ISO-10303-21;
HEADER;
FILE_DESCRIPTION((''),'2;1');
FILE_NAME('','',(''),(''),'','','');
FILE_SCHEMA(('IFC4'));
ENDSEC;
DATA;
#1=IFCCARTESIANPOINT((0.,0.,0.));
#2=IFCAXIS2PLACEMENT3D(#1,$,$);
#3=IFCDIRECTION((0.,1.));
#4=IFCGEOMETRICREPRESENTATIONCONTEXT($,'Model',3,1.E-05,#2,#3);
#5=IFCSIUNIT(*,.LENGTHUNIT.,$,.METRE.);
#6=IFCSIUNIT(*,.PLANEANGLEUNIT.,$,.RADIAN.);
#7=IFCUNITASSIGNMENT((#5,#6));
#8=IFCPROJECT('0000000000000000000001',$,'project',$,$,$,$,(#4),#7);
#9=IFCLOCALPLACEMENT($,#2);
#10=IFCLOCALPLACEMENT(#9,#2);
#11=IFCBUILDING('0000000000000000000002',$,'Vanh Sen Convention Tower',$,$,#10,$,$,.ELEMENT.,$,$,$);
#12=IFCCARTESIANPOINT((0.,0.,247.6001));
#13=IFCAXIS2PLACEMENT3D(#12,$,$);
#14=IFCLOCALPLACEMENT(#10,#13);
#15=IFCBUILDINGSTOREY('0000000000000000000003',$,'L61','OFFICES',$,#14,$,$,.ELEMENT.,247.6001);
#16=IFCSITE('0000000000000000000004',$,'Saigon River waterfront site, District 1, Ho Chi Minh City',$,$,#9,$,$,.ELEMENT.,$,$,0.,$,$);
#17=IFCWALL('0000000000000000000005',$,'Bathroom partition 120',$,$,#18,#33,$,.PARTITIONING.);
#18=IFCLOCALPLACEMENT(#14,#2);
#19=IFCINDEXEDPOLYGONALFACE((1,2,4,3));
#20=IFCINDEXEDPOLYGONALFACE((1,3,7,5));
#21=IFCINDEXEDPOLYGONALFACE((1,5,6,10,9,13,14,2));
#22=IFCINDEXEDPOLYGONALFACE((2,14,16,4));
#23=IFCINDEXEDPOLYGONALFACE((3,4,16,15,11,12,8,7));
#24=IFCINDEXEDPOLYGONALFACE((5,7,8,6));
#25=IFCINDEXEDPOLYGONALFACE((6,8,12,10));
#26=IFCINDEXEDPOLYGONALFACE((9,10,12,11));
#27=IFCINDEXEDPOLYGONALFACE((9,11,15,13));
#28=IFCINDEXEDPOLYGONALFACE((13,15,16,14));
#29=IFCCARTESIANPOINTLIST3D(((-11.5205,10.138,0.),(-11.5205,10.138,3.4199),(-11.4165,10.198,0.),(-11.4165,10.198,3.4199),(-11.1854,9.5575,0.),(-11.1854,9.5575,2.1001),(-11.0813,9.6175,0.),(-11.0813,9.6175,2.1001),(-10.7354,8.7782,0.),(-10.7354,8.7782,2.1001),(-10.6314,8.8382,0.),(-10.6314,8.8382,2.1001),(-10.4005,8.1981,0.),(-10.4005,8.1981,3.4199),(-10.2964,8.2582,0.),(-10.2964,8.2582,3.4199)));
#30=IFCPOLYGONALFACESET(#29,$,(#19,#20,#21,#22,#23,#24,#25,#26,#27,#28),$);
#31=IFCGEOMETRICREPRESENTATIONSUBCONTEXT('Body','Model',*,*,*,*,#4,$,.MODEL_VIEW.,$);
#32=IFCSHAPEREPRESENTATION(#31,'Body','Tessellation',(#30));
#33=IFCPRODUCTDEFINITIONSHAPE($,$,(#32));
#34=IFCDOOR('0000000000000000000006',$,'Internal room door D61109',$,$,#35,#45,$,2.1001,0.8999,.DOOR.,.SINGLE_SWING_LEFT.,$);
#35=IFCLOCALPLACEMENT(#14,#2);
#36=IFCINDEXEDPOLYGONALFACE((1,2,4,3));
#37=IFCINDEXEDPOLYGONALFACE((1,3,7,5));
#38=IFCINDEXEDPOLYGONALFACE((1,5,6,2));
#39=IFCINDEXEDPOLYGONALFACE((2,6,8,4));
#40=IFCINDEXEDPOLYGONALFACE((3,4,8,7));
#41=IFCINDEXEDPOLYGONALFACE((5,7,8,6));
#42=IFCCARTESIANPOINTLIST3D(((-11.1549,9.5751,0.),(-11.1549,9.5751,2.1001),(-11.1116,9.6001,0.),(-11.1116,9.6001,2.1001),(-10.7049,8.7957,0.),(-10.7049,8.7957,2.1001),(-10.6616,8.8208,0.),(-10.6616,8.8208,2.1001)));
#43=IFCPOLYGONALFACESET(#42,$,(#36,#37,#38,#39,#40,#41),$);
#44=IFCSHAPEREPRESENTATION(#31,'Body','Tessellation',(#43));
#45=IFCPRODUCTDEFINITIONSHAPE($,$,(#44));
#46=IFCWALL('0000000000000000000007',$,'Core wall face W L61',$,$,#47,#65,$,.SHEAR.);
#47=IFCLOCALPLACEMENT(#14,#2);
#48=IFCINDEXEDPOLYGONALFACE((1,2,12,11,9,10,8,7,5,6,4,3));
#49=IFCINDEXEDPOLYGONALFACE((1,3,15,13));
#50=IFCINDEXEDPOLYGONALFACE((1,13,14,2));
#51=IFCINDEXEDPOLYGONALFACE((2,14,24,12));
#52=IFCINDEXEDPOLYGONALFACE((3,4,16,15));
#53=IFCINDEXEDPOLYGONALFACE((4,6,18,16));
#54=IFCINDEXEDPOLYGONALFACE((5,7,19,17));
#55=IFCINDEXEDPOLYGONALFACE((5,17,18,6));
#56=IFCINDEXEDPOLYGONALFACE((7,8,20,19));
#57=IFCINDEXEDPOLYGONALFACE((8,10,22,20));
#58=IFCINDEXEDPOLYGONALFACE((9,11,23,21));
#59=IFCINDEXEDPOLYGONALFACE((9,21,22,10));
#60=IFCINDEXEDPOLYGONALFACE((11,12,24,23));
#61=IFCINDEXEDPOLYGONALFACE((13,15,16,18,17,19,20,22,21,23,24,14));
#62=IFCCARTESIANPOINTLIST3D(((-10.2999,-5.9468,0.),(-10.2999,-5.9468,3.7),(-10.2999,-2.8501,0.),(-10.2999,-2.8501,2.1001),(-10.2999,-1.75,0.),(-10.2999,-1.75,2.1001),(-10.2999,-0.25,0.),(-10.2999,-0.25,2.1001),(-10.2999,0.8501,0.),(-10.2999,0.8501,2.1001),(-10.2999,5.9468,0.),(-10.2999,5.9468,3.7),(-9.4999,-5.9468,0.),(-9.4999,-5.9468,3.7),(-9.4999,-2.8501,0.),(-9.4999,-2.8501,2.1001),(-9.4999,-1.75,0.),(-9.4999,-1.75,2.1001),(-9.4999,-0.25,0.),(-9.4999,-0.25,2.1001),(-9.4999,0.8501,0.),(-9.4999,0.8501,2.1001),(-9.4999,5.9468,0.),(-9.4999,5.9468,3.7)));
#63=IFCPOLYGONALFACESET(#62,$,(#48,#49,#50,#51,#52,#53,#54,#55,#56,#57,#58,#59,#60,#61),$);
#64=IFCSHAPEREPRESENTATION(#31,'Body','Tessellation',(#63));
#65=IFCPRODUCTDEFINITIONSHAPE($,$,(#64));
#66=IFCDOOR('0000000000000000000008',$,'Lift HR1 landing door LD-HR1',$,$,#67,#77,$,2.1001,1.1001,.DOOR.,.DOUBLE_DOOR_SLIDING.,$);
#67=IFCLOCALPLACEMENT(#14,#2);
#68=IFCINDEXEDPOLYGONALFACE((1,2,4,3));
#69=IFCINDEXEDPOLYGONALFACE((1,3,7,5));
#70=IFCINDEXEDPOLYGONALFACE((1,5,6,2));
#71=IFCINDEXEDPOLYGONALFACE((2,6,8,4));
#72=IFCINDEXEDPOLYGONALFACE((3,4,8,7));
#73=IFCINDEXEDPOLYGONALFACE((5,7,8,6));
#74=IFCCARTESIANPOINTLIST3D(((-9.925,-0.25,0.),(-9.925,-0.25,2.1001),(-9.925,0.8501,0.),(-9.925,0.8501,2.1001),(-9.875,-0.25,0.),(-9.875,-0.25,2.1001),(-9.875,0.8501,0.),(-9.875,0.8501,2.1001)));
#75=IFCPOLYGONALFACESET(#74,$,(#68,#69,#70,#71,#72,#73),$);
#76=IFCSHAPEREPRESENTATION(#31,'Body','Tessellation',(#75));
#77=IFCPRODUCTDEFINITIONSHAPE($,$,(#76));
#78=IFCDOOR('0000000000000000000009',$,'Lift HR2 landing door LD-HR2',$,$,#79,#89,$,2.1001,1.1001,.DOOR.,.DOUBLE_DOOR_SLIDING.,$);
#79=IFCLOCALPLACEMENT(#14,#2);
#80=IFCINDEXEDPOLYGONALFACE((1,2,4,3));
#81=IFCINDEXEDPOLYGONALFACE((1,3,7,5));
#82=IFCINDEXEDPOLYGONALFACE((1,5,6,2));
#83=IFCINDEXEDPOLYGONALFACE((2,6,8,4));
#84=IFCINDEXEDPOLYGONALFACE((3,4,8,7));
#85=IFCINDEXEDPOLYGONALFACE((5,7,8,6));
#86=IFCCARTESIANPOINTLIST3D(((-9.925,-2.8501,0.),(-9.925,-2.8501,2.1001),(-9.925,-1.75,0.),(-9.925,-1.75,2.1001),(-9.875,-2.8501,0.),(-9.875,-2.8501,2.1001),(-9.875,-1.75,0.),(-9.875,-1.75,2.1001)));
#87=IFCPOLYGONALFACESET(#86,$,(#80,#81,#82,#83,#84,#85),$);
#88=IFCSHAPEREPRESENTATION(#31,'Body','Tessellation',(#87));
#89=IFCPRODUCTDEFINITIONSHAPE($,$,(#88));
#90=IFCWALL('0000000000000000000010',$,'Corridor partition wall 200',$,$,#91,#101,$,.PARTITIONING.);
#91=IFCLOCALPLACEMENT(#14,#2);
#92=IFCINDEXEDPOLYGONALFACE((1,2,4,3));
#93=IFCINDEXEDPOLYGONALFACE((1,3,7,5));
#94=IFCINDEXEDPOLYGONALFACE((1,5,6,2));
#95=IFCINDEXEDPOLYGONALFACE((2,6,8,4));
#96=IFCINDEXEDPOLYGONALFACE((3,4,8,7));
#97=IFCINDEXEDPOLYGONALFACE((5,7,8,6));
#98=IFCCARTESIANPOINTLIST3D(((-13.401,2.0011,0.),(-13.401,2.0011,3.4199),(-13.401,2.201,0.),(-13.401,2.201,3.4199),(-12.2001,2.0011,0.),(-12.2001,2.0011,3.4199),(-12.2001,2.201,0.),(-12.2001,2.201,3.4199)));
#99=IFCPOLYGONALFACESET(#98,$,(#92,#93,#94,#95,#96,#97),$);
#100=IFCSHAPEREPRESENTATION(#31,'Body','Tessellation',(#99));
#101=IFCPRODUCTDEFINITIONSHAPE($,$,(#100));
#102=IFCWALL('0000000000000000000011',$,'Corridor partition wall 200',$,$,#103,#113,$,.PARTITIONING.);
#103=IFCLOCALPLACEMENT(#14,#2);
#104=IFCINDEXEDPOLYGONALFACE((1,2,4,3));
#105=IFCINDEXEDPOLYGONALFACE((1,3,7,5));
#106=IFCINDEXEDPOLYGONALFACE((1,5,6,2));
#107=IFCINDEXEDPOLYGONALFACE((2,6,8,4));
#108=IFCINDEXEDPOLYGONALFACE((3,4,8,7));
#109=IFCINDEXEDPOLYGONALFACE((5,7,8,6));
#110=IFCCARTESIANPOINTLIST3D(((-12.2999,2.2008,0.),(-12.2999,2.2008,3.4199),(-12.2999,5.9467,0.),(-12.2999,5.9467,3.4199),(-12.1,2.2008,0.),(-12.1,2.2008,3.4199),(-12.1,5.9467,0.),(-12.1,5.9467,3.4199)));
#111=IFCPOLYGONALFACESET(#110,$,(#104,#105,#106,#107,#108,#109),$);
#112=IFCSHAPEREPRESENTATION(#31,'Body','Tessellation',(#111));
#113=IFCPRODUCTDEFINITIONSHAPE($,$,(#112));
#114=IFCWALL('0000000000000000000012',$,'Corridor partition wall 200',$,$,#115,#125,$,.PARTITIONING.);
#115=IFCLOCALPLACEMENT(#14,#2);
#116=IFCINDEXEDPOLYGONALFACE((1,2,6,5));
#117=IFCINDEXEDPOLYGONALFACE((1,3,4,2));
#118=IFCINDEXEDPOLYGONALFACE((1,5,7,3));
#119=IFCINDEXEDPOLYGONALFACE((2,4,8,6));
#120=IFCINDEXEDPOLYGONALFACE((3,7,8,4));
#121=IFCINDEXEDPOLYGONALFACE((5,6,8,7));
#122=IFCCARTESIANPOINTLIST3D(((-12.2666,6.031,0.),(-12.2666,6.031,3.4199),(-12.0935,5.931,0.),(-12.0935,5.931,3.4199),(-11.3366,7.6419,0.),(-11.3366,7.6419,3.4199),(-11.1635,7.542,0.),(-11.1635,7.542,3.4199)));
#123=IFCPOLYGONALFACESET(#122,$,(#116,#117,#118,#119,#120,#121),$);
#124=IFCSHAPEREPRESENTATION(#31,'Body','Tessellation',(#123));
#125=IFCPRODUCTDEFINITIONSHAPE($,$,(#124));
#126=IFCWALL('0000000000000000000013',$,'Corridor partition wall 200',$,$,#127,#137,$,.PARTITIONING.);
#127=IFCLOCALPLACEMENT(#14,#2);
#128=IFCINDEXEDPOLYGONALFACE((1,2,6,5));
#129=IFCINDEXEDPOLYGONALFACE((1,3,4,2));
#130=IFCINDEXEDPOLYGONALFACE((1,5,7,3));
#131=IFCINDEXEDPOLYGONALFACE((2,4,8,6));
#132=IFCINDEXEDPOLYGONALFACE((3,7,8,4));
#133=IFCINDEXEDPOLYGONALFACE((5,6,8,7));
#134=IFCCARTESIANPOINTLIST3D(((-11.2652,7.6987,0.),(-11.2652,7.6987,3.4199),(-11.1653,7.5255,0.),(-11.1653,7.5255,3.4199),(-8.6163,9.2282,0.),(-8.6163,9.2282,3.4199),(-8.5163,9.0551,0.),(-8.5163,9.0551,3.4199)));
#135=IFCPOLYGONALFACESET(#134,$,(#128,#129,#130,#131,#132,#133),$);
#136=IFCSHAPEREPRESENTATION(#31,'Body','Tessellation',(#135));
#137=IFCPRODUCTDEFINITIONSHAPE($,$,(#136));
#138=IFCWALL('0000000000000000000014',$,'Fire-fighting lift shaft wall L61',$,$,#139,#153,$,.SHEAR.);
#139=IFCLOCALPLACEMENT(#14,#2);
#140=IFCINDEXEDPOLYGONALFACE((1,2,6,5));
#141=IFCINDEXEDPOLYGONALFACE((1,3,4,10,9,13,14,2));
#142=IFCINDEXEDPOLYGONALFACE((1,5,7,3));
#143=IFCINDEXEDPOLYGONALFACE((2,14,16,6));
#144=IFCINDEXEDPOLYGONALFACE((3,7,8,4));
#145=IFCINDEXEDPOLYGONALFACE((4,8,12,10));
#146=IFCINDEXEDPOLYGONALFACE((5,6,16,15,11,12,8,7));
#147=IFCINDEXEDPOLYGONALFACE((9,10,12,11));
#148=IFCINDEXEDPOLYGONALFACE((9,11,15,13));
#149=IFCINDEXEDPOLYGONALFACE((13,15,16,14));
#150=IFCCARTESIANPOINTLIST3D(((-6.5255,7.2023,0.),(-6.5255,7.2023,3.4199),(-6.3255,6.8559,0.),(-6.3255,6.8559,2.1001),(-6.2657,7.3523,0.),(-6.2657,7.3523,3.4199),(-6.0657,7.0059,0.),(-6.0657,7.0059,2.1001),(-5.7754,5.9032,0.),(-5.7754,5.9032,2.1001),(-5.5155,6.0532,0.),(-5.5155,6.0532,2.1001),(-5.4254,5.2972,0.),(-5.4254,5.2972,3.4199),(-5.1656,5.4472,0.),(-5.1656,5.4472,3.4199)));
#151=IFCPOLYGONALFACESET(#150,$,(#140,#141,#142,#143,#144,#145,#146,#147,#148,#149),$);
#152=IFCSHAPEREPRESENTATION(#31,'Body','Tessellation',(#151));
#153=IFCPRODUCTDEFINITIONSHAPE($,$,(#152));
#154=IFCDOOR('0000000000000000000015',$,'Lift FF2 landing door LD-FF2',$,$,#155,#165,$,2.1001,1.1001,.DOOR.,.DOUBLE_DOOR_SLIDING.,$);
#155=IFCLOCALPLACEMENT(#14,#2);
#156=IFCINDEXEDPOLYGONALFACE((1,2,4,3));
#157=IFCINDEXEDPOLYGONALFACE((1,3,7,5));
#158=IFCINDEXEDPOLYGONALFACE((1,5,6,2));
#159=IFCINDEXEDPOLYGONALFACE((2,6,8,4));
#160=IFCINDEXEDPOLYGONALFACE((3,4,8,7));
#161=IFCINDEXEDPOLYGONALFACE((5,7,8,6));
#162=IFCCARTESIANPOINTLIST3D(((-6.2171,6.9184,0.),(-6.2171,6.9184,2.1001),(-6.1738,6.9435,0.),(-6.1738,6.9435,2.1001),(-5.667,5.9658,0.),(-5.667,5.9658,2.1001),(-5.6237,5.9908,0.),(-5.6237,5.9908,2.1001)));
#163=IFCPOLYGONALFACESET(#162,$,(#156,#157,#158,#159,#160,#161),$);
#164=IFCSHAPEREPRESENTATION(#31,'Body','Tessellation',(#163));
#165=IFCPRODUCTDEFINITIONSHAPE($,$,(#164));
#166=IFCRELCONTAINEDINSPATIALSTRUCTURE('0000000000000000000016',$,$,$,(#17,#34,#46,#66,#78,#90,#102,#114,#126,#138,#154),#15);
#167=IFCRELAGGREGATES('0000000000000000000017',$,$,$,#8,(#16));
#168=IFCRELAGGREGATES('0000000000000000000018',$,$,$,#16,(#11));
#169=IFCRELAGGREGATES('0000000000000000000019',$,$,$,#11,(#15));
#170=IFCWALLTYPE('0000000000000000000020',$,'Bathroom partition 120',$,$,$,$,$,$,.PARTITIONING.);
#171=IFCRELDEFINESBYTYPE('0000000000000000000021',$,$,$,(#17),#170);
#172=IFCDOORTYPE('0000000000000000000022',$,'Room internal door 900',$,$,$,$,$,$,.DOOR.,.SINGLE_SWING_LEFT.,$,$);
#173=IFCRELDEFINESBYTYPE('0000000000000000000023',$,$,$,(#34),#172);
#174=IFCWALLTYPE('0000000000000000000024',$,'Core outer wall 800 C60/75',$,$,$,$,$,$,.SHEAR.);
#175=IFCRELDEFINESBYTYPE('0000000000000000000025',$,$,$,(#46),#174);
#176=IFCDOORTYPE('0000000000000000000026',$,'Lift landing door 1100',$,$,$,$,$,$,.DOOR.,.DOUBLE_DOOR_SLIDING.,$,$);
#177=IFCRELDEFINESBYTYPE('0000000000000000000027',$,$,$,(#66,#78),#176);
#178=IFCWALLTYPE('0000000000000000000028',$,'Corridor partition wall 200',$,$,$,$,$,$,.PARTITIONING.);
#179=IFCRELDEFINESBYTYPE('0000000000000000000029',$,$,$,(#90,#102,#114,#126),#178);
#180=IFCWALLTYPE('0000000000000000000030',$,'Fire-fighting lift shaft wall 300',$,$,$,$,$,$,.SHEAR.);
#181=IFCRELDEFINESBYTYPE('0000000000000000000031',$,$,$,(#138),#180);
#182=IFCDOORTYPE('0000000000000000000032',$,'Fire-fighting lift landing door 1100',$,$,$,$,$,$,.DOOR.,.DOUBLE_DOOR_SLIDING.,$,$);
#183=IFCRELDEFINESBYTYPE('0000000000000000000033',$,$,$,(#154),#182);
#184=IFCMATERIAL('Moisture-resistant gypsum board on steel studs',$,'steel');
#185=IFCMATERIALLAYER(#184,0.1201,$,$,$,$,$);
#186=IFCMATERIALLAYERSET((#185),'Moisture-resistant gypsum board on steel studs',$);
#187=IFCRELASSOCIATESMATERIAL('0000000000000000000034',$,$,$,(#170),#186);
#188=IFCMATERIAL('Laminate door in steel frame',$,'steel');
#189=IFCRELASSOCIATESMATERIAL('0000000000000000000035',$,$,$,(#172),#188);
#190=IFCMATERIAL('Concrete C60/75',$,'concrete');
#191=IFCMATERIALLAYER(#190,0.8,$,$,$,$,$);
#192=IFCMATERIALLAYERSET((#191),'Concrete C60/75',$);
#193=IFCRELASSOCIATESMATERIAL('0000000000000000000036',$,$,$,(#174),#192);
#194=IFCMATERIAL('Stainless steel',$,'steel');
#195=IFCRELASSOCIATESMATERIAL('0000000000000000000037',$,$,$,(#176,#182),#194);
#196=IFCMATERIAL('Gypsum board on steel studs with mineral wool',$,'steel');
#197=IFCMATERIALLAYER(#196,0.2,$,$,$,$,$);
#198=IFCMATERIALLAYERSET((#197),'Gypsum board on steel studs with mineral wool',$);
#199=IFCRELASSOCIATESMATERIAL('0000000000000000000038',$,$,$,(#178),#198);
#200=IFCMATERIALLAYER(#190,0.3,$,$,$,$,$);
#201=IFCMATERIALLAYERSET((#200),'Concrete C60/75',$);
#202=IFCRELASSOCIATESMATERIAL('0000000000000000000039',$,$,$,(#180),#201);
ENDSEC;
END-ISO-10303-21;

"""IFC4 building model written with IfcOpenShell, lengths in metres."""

from ifc_helpers import new_model, si_unit, direction, frame, frame_2d, origin, place, context, subcontext, project, spatial, rectangle, extrude, material, layer, layer_set, type_object, element, fill, save


model = new_model("IFC4")

# Units and contexts
model_context = context("Model", 3, precision=1e-05, world=origin(), true_north=direction((0.0, 1.0)))
body_context = subcontext(model_context, "Body", "Model", "MODEL_VIEW")
ifc_project = project(units=[si_unit("LENGTHUNIT", "METRE"), si_unit("PLANEANGLEUNIT", "RADIAN")], contexts=[model_context])

# Site, building, storey
site_placement = place(None, origin())
site = spatial("IfcSite", under=ifc_project, at=site_placement, Name="Saigon River waterfront site, District 1, Ho Chi Minh City", CompositionType="ELEMENT", RefElevation=0.0)
building_placement = place(site_placement, origin())
building = spatial("IfcBuilding", under=site, at=building_placement, Name="Vanh Sen Convention Tower", CompositionType="ELEMENT")
storey_placement = place(building_placement, frame((0.0, 0.0, 247.6001)))
storey = spatial("IfcBuildingStorey", under=building, at=storey_placement, Name="L61", Description="OFFICES", CompositionType="ELEMENT", Elevation=247.6001)

# Wall, opening, door
ifc_material_1 = material(Name="Moisture-resistant gypsum board on steel studs", Category="steel")
ifc_layer_1 = layer(ifc_material_1, 0.1201)
ifc_layer_set_1 = layer_set([ifc_layer_1], Name="Moisture-resistant gypsum board on steel studs")
wall_type_1 = type_object("IfcWallType", Name="Bathroom partition 120", PredefinedType="PARTITIONING", material=ifc_layer_set_1)
wall_1_placement = place(storey_placement, frame((-10.3484, 8.228, 0.0), z_axis=(0.0, 0.0, 1.0), x_axis=(-0.500031, 0.866008, 0.0)))
wall_1 = element("IfcWall", 1, at=wall_1_placement, inside=storey, type_object=wall_type_1, Name="Bathroom partition 120", PredefinedType="PARTITIONING", context=body_context, shape_type="SweptSolid", body=[
    extrude(rectangle(XDim=2.24, YDim=0.1201, at=frame_2d((1.1201, 0.0))), origin(), (0.0, 0.0, 1.0), 3.4199),
])
opening_1_placement = place(wall_1_placement, frame((0.6699, 0.0, 0.0)))
opening_1 = element("IfcOpeningElement", 2, at=opening_1_placement, cuts=wall_1, PredefinedType="OPENING", context=body_context, shape_type="SweptSolid", body=[
    extrude(rectangle(XDim=0.8999, YDim=2.1001, at=frame_2d((0.45, 1.05))), frame((0.0, 0.0701, 0.0), z_axis=(0.0, -1.0, 0.0), x_axis=(1.0, 0.0, 0.0)), (0.0, 0.0, 1.0), 0.1401),
])
ifc_material_2 = material(Name="Laminate door in steel frame", Category="steel")
door_type_1 = type_object("IfcDoorType", Name="Room internal door 900", OperationType="SINGLE_SWING_LEFT", PredefinedType="DOOR", material=ifc_material_2)
door_1_placement = place(opening_1_placement, origin())
door_1 = element("IfcDoor", 3, at=door_1_placement, inside=storey, type_object=door_type_1, Name="Internal room door D61109", OperationType="SINGLE_SWING_LEFT", OverallHeight=2.1001, OverallWidth=0.8999, PredefinedType="DOOR", context=body_context, shape_type="SweptSolid", body=[
    extrude(rectangle(XDim=0.8999, YDim=2.1001, at=frame_2d((0.45, 1.05))), frame((0.0, 0.0249, 0.0), z_axis=(0.0, -1.0, 0.0), x_axis=(1.0, 0.0, 0.0)), (0.0, 0.0, 1.0), 0.05),
])
fill(opening_1, door_1)

# Wall, openings, doors
ifc_material_3 = material(Name="Concrete C60/75", Category="concrete")
ifc_layer_2 = layer(ifc_material_3, 0.8)
ifc_layer_set_2 = layer_set([ifc_layer_2], Name="Concrete C60/75")
wall_type_2 = type_object("IfcWallType", Name="Core outer wall 800 C60/75", PredefinedType="SHEAR", material=ifc_layer_set_2)
wall_2_placement = place(storey_placement, frame((-9.8999, 5.9468, 0.0), z_axis=(0.0, 0.0, 1.0), x_axis=(0.0, -1.0, 0.0)))
wall_2 = element("IfcWall", 4, at=wall_2_placement, inside=storey, type_object=wall_type_2, Name="Core wall face W L61", PredefinedType="SHEAR", context=body_context, shape_type="SweptSolid", body=[
    extrude(rectangle(XDim=11.8936, YDim=0.8, at=frame_2d((5.9468, 0.0))), origin(), (0.0, 0.0, 1.0), 3.7),
])
opening_2_placement = place(wall_2_placement, frame((5.0967, 0.0, 0.0)))
opening_2 = element("IfcOpeningElement", 5, at=opening_2_placement, cuts=wall_2, PredefinedType="OPENING", context=body_context, shape_type="SweptSolid", body=[
    extrude(rectangle(XDim=1.1001, YDim=2.1001, at=frame_2d((0.55, 1.05))), frame((0.0, 0.4099, 0.0), z_axis=(0.0, -1.0, 0.0), x_axis=(1.0, 0.0, 0.0)), (0.0, 0.0, 1.0), 0.8201),
])
opening_3_placement = place(wall_2_placement, frame((7.6968, 0.0, 0.0)))
opening_3 = element("IfcOpeningElement", 6, at=opening_3_placement, cuts=wall_2, PredefinedType="OPENING", context=body_context, shape_type="SweptSolid", body=[
    extrude(rectangle(XDim=1.1001, YDim=2.1001, at=frame_2d((0.55, 1.05))), frame((0.0, 0.4099, 0.0), z_axis=(0.0, -1.0, 0.0), x_axis=(1.0, 0.0, 0.0)), (0.0, 0.0, 1.0), 0.8201),
])
ifc_material_4 = material(Name="Stainless steel", Category="steel")
door_type_2 = type_object("IfcDoorType", Name="Lift landing door 1100", OperationType="DOUBLE_DOOR_SLIDING", PredefinedType="DOOR", material=ifc_material_4)
door_2_placement = place(opening_2_placement, origin())
door_2 = element("IfcDoor", 7, at=door_2_placement, inside=storey, type_object=door_type_2, Name="Lift HR1 landing door LD-HR1", OperationType="DOUBLE_DOOR_SLIDING", OverallHeight=2.1001, OverallWidth=1.1001, PredefinedType="DOOR", context=body_context, shape_type="SweptSolid", body=[
    extrude(rectangle(XDim=1.1001, YDim=2.1001, at=frame_2d((0.55, 1.05))), frame((0.0, 0.0249, 0.0), z_axis=(0.0, -1.0, 0.0), x_axis=(1.0, 0.0, 0.0)), (0.0, 0.0, 1.0), 0.05),
])
fill(opening_2, door_2)
door_3_placement = place(opening_3_placement, origin())
door_3 = element("IfcDoor", 8, at=door_3_placement, inside=storey, type_object=door_type_2, Name="Lift HR2 landing door LD-HR2", OperationType="DOUBLE_DOOR_SLIDING", OverallHeight=2.1001, OverallWidth=1.1001, PredefinedType="DOOR", context=body_context, shape_type="SweptSolid", body=[
    extrude(rectangle(XDim=1.1001, YDim=2.1001, at=frame_2d((0.55, 1.05))), frame((0.0, 0.0249, 0.0), z_axis=(0.0, -1.0, 0.0), x_axis=(1.0, 0.0, 0.0)), (0.0, 0.0, 1.0), 0.05),
])
fill(opening_3, door_3)

# Walls
ifc_material_5 = material(Name="Gypsum board on steel studs with mineral wool", Category="steel")
ifc_layer_3 = layer(ifc_material_5, 0.2)
ifc_layer_set_3 = layer_set([ifc_layer_3], Name="Gypsum board on steel studs with mineral wool")
wall_type_3 = type_object("IfcWallType", Name="Corridor partition wall 200", PredefinedType="PARTITIONING", material=ifc_layer_set_3)
wall_3_placement = place(storey_placement, frame((-12.2, 2.1011, 0.0), z_axis=(0.0, 0.0, 1.0), x_axis=(-1.0, 0.0, 0.0)))
element("IfcWall", 9, at=wall_3_placement, inside=storey, type_object=wall_type_3, Name="Corridor partition wall 200", PredefinedType="PARTITIONING", context=body_context, shape_type="SweptSolid", body=[
    extrude(rectangle(XDim=1.2009, YDim=0.2, at=frame_2d((0.6006, 0.0))), origin(), (0.0, 0.0, 1.0), 3.4199),
])
wall_4_placement = place(storey_placement, frame((-12.2, 5.9468, 0.0), z_axis=(0.0, 0.0, 1.0), x_axis=(0.0, -1.0, 0.0)))
element("IfcWall", 10, at=wall_4_placement, inside=storey, type_object=wall_type_3, Name="Corridor partition wall 200", PredefinedType="PARTITIONING", context=body_context, shape_type="SweptSolid", body=[
    extrude(rectangle(XDim=3.7458, YDim=0.2, at=frame_2d((1.873, 0.0))), origin(), (0.0, 0.0, 1.0), 3.4199),
])
wall_5_placement = place(storey_placement, frame((-11.25, 7.592, 0.0), z_axis=(0.0, 0.0, 1.0), x_axis=(-0.499965, -0.866046, 0.0)))
element("IfcWall", 11, at=wall_5_placement, inside=storey, type_object=wall_type_3, Name="Corridor partition wall 200", PredefinedType="PARTITIONING", context=body_context, shape_type="SweptSolid", body=[
    extrude(rectangle(XDim=1.8601, YDim=0.2, at=frame_2d((0.9302, 0.0))), origin(), (0.0, 0.0, 1.0), 3.4199),
])
wall_6_placement = place(storey_placement, frame((-8.5664, 9.1416, 0.0), z_axis=(0.0, 0.0, 1.0), x_axis=(-0.865999, -0.500045, 0.0)))
element("IfcWall", 12, at=wall_6_placement, inside=storey, type_object=wall_type_3, Name="Corridor partition wall 200", PredefinedType="PARTITIONING", context=body_context, shape_type="SweptSolid", body=[
    extrude(rectangle(XDim=3.0588, YDim=0.2, at=frame_2d((1.5293, 0.0))), origin(), (0.0, 0.0, 1.0), 3.4199),
])

# Wall, opening, door
ifc_layer_4 = layer(ifc_material_3, 0.3)
ifc_layer_set_4 = layer_set([ifc_layer_4], Name="Concrete C60/75")
wall_type_4 = type_object("IfcWallType", Name="Fire-fighting lift shaft wall 300", PredefinedType="SHEAR", material=ifc_layer_set_4)
wall_7_placement = place(storey_placement, frame((-5.2954, 5.3721, 0.0), z_axis=(0.0, 0.0, 1.0), x_axis=(-0.500078, 0.86598, 0.0)))
wall_7 = element("IfcWall", 13, at=wall_7_placement, inside=storey, type_object=wall_type_4, Name="Fire-fighting lift shaft wall L61", PredefinedType="SHEAR", context=body_context, shape_type="SweptSolid", body=[
    extrude(rectangle(XDim=2.2, YDim=0.3, at=frame_2d((1.1001, 0.0))), origin(), (0.0, 0.0, 1.0), 3.4199),
])
opening_4_placement = place(wall_7_placement, frame((0.7, 0.0, 0.0)))
opening_4 = element("IfcOpeningElement", 14, at=opening_4_placement, cuts=wall_7, PredefinedType="OPENING", context=body_context, shape_type="SweptSolid", body=[
    extrude(rectangle(XDim=1.1001, YDim=2.1001, at=frame_2d((0.55, 1.05))), frame((0.0, 0.1599, 0.0), z_axis=(0.0, -1.0, 0.0), x_axis=(1.0, 0.0, 0.0)), (0.0, 0.0, 1.0), 0.3201),
])
door_type_3 = type_object("IfcDoorType", Name="Fire-fighting lift landing door 1100", OperationType="DOUBLE_DOOR_SLIDING", PredefinedType="DOOR", material=ifc_material_4)
door_4_placement = place(opening_4_placement, origin())
door_4 = element("IfcDoor", 15, at=door_4_placement, inside=storey, type_object=door_type_3, Name="Lift FF2 landing door LD-FF2", OperationType="DOUBLE_DOOR_SLIDING", OverallHeight=2.1001, OverallWidth=1.1001, PredefinedType="DOOR", context=body_context, shape_type="SweptSolid", body=[
    extrude(rectangle(XDim=1.1001, YDim=2.1001, at=frame_2d((0.55, 1.05))), frame((0.0, 0.0249, 0.0), z_axis=(0.0, -1.0, 0.0), x_axis=(1.0, 0.0, 0.0)), (0.0, 0.0, 1.0), 0.05),
])
fill(opening_4, door_4)

save(model, "model.ifc")
